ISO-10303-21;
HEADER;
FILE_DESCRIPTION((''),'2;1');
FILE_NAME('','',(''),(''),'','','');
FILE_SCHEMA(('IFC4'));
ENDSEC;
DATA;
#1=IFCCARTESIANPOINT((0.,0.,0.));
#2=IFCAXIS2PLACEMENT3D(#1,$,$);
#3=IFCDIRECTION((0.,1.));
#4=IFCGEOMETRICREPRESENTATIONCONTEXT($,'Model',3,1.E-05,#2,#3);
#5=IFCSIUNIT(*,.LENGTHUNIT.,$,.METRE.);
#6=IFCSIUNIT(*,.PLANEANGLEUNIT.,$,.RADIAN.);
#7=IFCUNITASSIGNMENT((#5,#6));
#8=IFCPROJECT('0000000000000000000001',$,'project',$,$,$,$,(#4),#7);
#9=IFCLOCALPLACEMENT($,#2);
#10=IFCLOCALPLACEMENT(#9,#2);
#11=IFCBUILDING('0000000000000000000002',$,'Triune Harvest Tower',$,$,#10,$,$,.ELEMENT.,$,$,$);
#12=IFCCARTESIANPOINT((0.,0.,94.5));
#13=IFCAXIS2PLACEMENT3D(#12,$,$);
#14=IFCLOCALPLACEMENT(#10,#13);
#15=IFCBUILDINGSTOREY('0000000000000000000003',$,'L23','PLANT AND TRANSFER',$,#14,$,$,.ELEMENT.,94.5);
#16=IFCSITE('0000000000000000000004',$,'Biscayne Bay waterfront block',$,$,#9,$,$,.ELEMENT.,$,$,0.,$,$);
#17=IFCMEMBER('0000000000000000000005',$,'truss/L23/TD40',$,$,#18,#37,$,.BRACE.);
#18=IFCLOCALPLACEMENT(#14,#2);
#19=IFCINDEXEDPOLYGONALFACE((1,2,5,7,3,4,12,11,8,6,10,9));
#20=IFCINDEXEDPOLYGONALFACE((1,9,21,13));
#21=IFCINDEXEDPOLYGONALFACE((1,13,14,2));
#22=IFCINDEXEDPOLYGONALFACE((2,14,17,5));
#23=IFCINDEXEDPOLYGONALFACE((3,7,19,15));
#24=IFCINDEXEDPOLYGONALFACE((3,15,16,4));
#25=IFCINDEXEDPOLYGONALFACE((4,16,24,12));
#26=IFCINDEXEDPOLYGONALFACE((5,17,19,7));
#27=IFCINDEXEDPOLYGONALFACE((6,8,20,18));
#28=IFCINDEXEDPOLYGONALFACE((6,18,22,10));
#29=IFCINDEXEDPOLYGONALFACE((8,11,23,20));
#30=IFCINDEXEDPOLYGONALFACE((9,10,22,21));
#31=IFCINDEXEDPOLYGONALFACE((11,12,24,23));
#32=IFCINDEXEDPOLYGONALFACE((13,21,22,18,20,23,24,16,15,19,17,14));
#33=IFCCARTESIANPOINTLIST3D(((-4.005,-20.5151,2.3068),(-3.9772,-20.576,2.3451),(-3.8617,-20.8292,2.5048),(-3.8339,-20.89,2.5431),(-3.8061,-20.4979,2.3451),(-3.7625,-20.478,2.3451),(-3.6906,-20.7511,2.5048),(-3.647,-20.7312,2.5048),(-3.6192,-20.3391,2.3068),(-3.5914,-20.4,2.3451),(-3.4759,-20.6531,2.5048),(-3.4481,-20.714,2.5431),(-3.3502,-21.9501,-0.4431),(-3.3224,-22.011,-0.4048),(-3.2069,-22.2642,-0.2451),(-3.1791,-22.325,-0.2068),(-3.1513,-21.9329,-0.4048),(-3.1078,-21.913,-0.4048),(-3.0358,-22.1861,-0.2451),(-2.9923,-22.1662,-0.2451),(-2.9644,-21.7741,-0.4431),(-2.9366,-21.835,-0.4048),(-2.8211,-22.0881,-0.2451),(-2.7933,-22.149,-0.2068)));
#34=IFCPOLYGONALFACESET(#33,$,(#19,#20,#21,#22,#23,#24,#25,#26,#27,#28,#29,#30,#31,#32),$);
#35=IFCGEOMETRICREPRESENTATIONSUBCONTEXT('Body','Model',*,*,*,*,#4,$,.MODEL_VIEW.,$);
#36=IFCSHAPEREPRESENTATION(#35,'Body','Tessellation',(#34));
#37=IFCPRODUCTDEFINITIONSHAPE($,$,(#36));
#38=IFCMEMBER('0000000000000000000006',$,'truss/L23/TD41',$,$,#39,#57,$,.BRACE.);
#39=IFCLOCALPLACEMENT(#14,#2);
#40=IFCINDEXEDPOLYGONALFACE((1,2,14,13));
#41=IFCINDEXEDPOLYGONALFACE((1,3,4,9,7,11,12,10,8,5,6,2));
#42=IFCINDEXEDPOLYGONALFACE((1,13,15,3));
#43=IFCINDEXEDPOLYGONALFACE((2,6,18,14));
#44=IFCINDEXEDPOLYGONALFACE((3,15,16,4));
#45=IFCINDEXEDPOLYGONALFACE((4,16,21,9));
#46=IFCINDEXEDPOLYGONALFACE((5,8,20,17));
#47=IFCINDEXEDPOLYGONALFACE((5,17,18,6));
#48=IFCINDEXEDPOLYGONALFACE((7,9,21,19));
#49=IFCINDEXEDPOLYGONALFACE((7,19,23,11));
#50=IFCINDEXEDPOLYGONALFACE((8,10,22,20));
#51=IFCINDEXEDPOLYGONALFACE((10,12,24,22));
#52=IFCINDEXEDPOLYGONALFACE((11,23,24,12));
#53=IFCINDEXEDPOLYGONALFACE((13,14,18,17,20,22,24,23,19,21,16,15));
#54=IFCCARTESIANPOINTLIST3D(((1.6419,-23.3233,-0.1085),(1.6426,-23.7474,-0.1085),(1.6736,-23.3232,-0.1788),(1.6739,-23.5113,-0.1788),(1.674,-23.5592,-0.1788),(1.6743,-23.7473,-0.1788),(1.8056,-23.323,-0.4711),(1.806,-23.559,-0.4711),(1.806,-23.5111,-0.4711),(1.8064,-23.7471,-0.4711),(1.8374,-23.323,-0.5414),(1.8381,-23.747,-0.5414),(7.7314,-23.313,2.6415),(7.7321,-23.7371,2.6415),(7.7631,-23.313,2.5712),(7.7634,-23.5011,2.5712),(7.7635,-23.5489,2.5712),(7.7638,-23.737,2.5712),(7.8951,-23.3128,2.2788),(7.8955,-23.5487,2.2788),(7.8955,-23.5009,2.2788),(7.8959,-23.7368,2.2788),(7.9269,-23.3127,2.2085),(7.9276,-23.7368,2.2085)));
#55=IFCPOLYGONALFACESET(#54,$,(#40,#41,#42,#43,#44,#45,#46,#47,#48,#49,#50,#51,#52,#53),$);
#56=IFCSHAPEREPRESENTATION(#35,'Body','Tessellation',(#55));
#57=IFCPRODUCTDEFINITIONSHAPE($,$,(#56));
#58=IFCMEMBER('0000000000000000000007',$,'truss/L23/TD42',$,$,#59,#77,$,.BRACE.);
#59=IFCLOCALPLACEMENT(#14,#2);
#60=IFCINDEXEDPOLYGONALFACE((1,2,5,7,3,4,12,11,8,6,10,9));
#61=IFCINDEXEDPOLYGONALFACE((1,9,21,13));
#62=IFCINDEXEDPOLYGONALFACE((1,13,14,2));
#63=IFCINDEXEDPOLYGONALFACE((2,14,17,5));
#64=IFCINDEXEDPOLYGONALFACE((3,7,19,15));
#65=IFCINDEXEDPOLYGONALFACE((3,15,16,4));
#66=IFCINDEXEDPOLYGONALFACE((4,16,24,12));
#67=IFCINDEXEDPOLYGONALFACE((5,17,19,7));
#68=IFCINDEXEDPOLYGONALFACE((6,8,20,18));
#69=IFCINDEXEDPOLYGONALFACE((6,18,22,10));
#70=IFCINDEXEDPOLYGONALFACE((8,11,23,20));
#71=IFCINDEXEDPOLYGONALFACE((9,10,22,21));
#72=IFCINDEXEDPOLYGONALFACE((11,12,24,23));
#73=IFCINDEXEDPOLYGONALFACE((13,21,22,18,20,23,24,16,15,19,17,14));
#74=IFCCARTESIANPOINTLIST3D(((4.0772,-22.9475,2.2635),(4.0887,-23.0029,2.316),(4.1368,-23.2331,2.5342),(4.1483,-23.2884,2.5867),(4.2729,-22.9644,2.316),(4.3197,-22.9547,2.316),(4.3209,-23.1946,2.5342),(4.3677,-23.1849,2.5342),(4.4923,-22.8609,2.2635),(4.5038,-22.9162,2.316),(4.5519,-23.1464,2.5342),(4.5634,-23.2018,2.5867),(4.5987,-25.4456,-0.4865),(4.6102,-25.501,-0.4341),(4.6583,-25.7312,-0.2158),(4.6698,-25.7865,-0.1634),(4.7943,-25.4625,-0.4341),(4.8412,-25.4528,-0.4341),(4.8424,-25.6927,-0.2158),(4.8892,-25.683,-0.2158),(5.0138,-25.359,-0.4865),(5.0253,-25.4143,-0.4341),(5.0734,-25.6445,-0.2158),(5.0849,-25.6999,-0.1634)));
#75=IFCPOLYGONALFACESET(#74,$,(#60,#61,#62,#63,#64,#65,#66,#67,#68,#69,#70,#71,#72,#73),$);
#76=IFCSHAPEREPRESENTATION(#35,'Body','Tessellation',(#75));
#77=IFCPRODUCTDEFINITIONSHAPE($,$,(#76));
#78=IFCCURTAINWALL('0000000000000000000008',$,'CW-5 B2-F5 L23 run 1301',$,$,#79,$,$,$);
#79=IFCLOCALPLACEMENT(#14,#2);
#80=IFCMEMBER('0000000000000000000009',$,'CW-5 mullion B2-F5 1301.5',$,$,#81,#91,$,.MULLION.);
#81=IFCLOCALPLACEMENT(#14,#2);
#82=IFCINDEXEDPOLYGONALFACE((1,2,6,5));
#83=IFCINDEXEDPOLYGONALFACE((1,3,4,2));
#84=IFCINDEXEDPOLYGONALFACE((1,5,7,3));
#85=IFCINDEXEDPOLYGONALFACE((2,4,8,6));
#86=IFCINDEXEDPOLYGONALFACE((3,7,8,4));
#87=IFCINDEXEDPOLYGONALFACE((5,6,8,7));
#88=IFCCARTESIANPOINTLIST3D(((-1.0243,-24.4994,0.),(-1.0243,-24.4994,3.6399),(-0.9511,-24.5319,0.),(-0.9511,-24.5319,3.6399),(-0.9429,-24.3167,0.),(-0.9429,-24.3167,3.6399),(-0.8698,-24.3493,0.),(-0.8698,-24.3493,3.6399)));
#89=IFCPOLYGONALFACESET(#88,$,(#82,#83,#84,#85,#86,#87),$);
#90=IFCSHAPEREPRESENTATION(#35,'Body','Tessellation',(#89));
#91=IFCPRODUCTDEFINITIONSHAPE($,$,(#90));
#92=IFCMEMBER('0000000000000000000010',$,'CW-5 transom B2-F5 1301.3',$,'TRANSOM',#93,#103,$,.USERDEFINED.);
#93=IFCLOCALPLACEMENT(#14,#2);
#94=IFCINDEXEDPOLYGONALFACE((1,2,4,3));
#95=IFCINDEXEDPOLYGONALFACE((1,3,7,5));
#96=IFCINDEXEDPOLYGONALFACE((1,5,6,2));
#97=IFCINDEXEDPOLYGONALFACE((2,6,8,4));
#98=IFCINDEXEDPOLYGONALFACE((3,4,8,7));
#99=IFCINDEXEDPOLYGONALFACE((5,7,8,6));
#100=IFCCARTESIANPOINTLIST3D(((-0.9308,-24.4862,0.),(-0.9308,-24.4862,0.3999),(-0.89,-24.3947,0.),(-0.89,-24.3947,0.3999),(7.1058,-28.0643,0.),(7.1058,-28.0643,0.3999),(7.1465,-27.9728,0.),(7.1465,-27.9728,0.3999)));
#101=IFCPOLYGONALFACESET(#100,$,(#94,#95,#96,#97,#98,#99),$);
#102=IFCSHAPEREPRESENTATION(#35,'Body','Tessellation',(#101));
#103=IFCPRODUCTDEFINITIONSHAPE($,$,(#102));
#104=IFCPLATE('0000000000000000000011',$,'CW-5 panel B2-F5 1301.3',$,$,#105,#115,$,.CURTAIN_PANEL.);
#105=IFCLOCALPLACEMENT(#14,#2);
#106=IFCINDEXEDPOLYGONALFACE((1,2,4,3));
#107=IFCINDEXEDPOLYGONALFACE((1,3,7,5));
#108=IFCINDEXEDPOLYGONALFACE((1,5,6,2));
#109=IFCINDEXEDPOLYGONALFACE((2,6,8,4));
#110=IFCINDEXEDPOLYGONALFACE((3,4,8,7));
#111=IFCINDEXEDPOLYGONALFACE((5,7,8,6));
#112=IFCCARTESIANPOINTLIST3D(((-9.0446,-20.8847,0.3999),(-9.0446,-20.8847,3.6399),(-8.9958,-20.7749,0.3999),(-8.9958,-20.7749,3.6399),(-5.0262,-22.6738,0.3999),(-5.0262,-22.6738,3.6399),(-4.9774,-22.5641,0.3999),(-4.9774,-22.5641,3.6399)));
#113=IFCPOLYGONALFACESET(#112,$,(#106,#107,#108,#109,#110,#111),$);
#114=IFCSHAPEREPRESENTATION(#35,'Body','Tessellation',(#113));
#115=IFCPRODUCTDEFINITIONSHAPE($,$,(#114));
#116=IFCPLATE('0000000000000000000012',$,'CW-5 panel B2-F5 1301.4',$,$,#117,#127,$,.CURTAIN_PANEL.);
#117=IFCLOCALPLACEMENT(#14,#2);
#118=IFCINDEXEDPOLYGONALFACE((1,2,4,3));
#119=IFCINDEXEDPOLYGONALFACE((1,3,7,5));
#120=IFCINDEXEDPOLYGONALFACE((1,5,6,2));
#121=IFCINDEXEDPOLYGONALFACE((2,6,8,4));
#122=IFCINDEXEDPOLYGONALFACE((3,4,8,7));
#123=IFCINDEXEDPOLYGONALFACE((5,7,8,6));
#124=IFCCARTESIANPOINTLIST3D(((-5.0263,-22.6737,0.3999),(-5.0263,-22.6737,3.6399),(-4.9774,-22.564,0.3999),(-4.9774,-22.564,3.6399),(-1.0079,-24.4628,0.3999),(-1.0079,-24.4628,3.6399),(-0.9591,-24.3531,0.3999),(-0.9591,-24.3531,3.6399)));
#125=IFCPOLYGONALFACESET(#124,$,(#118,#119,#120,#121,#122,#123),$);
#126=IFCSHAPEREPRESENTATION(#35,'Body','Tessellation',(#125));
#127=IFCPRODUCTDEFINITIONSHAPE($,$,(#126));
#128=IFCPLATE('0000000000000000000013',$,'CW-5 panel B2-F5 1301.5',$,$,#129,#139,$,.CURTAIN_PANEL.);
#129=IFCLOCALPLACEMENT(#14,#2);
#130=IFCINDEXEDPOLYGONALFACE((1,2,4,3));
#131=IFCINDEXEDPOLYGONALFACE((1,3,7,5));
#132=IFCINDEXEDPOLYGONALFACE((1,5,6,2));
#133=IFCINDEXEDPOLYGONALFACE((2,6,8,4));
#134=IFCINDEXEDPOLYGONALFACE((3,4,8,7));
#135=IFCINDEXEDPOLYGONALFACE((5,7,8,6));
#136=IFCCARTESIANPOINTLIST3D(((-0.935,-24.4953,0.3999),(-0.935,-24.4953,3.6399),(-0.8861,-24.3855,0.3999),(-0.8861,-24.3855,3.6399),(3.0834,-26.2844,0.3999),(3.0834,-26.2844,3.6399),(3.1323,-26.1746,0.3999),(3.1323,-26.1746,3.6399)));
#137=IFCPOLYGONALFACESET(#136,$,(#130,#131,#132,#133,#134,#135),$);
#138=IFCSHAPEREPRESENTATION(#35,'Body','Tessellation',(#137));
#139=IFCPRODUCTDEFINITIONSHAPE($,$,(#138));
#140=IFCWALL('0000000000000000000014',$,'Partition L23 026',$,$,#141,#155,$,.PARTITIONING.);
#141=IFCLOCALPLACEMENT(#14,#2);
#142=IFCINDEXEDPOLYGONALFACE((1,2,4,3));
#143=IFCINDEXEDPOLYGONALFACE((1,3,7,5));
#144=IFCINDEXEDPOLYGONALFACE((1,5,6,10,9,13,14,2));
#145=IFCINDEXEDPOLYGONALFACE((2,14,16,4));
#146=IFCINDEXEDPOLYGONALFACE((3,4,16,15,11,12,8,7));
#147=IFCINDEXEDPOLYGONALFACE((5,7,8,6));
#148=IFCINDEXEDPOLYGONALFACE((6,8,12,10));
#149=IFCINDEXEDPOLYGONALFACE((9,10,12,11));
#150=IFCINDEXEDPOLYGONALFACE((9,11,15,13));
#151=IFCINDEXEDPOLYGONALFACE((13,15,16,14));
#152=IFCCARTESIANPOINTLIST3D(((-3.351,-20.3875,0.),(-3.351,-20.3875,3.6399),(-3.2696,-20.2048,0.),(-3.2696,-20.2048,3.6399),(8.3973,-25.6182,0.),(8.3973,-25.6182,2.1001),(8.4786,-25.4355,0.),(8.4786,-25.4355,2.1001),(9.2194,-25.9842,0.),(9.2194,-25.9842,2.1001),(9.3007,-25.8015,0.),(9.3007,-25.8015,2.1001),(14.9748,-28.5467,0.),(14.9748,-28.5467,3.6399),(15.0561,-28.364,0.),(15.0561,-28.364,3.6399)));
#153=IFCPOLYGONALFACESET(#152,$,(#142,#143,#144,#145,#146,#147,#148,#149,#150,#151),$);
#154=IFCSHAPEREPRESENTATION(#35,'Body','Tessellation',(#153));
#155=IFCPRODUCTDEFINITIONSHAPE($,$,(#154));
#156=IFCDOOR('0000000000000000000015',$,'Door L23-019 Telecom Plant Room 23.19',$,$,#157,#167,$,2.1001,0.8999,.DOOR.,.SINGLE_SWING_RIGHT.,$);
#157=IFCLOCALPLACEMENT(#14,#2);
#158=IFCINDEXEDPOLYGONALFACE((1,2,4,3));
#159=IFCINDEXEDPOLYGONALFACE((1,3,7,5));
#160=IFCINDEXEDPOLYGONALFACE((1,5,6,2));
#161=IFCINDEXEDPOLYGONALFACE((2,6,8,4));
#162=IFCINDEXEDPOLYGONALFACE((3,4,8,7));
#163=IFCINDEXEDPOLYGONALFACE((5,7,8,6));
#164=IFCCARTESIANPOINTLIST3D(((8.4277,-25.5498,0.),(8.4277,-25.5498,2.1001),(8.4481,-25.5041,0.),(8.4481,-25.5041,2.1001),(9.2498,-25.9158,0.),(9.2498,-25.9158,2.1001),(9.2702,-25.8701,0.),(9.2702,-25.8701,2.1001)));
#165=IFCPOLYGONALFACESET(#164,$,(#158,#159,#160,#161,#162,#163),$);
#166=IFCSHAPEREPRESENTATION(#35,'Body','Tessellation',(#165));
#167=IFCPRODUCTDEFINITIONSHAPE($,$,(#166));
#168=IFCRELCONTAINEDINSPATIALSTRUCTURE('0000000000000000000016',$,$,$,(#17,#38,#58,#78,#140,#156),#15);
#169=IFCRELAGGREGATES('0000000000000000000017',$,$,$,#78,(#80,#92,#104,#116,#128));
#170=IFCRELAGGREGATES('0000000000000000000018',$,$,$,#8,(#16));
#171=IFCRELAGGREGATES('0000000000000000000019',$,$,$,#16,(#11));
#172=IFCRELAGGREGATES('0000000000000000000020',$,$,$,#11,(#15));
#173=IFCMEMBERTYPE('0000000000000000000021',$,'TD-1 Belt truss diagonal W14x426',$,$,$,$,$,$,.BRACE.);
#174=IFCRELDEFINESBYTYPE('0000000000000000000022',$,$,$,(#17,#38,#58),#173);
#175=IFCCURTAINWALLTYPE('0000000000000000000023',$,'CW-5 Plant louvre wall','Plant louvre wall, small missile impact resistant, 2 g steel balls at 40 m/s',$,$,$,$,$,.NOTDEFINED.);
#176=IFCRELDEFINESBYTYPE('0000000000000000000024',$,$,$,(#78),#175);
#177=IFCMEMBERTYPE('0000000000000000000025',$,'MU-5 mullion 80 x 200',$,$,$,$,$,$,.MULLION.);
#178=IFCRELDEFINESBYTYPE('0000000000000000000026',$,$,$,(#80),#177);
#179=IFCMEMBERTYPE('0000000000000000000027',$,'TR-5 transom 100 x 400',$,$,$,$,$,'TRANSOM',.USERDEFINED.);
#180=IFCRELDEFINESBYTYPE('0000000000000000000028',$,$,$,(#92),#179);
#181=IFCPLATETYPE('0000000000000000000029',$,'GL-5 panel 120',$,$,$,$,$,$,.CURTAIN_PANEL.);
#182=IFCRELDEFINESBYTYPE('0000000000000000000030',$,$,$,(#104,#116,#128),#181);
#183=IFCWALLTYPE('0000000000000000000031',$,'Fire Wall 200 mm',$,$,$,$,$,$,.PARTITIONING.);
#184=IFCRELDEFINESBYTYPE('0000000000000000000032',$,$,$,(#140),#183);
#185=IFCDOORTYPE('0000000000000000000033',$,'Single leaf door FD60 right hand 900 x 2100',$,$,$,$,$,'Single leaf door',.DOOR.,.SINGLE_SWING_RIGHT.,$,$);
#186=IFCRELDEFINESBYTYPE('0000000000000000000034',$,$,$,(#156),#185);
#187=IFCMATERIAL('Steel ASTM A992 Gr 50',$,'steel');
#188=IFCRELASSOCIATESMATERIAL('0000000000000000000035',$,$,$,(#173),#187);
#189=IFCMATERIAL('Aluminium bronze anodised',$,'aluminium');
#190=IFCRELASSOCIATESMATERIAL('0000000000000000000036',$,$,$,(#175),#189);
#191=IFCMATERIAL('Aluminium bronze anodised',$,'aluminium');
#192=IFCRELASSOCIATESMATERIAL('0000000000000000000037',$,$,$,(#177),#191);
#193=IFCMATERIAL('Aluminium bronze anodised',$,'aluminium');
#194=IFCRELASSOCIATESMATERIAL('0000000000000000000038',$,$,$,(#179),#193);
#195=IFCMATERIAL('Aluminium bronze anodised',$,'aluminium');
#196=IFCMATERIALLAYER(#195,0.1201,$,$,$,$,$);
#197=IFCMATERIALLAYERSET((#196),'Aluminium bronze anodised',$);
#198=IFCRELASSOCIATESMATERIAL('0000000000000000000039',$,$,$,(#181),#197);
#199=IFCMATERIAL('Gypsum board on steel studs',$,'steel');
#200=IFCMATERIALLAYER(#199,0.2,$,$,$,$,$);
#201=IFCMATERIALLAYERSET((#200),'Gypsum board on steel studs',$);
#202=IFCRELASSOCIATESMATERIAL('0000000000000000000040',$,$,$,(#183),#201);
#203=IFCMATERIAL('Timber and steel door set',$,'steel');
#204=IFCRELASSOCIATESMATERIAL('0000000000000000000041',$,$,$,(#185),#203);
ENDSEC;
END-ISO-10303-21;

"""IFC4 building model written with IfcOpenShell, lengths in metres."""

from ifc_helpers import new_model, si_unit, direction, frame, frame_2d, origin, origin_2d, place, context, subcontext, project, spatial, rectangle, i_section, extrude, source, transform, mapped, material, layer, layer_set, material_profile, profile_set, type_object, element, fill, aggregate, save


model = new_model("IFC4")

# Units and contexts
model_context = context("Model", 3, precision=1e-05, world=origin(), true_north=direction((0.0, 1.0)))
body_context = subcontext(model_context, "Body", "Model", "MODEL_VIEW")
ifc_project = project(units=[si_unit("LENGTHUNIT", "METRE"), si_unit("PLANEANGLEUNIT", "RADIAN")], contexts=[model_context])

# Site, building, storey
site_placement = place(None, origin())
site = spatial("IfcSite", under=ifc_project, at=site_placement, Name="Biscayne Bay waterfront block", CompositionType="ELEMENT", RefElevation=0.0)
building_placement = place(site_placement, origin())
building = spatial("IfcBuilding", under=site, at=building_placement, Name="Triune Harvest Tower", CompositionType="ELEMENT")
storey_placement = place(building_placement, frame((0.0, 0.0, 94.5)))
storey = spatial("IfcBuildingStorey", under=building, at=storey_placement, Name="L23", Description="PLANT AND TRANSFER", CompositionType="ELEMENT", Elevation=94.5)

# Members
ifc_material_1 = material(Name="Steel ASTM A992 Gr 50", Category="steel")
ifc_material_profile_1 = material_profile(ifc_material_1, i_section(OverallWidth=0.4241, OverallDepth=0.4751, WebThickness=0.0479, FlangeThickness=0.0771, at=origin_2d()), Name="W14x426")
ifc_profile_set_1 = profile_set([ifc_material_profile_1], Name="Steel ASTM A992 Gr 50")
member_type_1 = type_object("IfcMemberType", Name="TD-1 Belt truss diagonal W14x426", PredefinedType="BRACE", material=ifc_profile_set_1)
shared_shape_1 = source(origin(), body_context, "Body", "SweptSolid", [
    extrude(i_section(OverallWidth=0.4241, OverallDepth=0.4751, WebThickness=0.0479, FlangeThickness=0.0771, at=origin_2d()), origin(), (0.0, 0.0, 1.0), 3.1702),
])
member_1_placement = place(storey_placement, frame((-3.0718, -22.0496, -0.325), z_axis=(-0.206539, 0.452661, 0.867433), x_axis=(-0.909772, -0.415109, 0.0)))
element("IfcMember", 1, at=member_1_placement, inside=storey, type_object=member_type_1, Name="truss/L23/TD40", PredefinedType="BRACE", context=body_context, shape_type="MappedRepresentation", body=[
    mapped(shared_shape_1, transform((0.0, 0.0, 0.0), scale=1.0)),
])
shared_shape_2 = source(origin(), body_context, "Body", "SweptSolid", [
    extrude(i_section(OverallWidth=0.4241, OverallDepth=0.4751, WebThickness=0.0479, FlangeThickness=0.0771, at=origin_2d()), origin(), (0.0, 0.0, 1.0), 6.6816),
])
member_2_placement = place(storey_placement, frame((1.74, -23.5352, -0.325), z_axis=(0.911377, 0.001535, 0.411569), x_axis=(-0.001684, 0.999999, 0.0)))
element("IfcMember", 2, at=member_2_placement, inside=storey, type_object=member_type_1, Name="truss/L23/TD41", PredefinedType="BRACE", context=body_context, shape_type="MappedRepresentation", body=[
    mapped(shared_shape_2, transform((0.0, 0.0, 0.0), scale=1.0)),
])
shared_shape_3 = source(origin(), body_context, "Body", "SweptSolid", [
    extrude(i_section(OverallWidth=0.4241, OverallDepth=0.4751, WebThickness=0.0479, FlangeThickness=0.0771, at=origin_2d()), origin(), (0.0, 0.0, 1.0), 3.7517),
])
member_3_placement = place(storey_placement, frame((4.8418, -25.5728, -0.325), z_axis=(-0.139002, 0.665857, 0.733016), x_axis=(-0.978898, -0.204352, 0.0)))
element("IfcMember", 3, at=member_3_placement, inside=storey, type_object=member_type_1, Name="truss/L23/TD42", PredefinedType="BRACE", context=body_context, shape_type="MappedRepresentation", body=[
    mapped(shared_shape_3, transform((0.0, 0.0, 0.0), scale=1.0)),
])

# Curtain wall, members, plates
ifc_material_2 = material(Name="Aluminium bronze anodised", Category="aluminium")
curtain_wall_type = type_object("IfcCurtainWallType", Name="CW-5 Plant louvre wall", Description="Plant louvre wall, small missile impact resistant, 2 g steel balls at 40 m/s", PredefinedType="NOTDEFINED", material=ifc_material_2)
curtain_wall_placement = place(storey_placement, origin())
curtain_wall = element("IfcCurtainWall", 4, at=curtain_wall_placement, inside=storey, type_object=curtain_wall_type, Name="CW-5 B2-F5 L23 run 1301")
ifc_material_3 = material(Name="Aluminium bronze anodised", Category="aluminium")
ifc_material_profile_2 = material_profile(ifc_material_3, rectangle(XDim=0.2, YDim=0.0801, at=origin_2d()), Name="MU-5 mullion 80 x 200")
ifc_profile_set_2 = profile_set([ifc_material_profile_2], Name="Aluminium bronze anodised")
member_type_2 = type_object("IfcMemberType", Name="MU-5 mullion 80 x 200", PredefinedType="MULLION", material=ifc_profile_set_2)
shared_shape_4 = source(origin(), body_context, "Body", "SweptSolid", [
    extrude(rectangle(XDim=0.2, YDim=0.0801, at=origin_2d()), origin(), (0.0, 0.0, 1.0), 3.6399),
])
member_4_placement = place(storey_placement, frame((-0.947, -24.4243, 0.0), z_axis=(0.0, 0.0, 1.0), x_axis=(0.406737, 0.913545, 0.0)))
member_4 = element("IfcMember", 5, at=member_4_placement, type_object=member_type_2, Name="CW-5 mullion B2-F5 1301.5", PredefinedType="MULLION", context=body_context, shape_type="MappedRepresentation", body=[
    mapped(shared_shape_4, transform((0.0, 0.0, 0.0), scale=1.0)),
])
ifc_material_4 = material(Name="Aluminium bronze anodised", Category="aluminium")
ifc_material_profile_3 = material_profile(ifc_material_4, rectangle(XDim=0.1001, YDim=0.3999, at=origin_2d()), Name="TR-5 transom 100 x 400")
ifc_profile_set_3 = profile_set([ifc_material_profile_3], Name="Aluminium bronze anodised")
member_type_3 = type_object("IfcMemberType", Name="TR-5 transom 100 x 400", ElementType="TRANSOM", PredefinedType="USERDEFINED", material=ifc_profile_set_3)
shared_shape_5 = source(origin(), body_context, "Body", "SweptSolid", [
    extrude(rectangle(XDim=0.1001, YDim=0.3999, at=origin_2d()), origin(), (0.0, 0.0, 1.0), 8.7971),
])
member_5_placement = place(storey_placement, frame((-0.9104, -24.4404, 0.2), z_axis=(0.913546, -0.406736, 0.0), x_axis=(0.406736, 0.913546, 0.0)))
member_5 = element("IfcMember", 6, at=member_5_placement, type_object=member_type_3, Name="CW-5 transom B2-F5 1301.3", ObjectType="TRANSOM", PredefinedType="USERDEFINED", context=body_context, shape_type="MappedRepresentation", body=[
    mapped(shared_shape_5, transform((0.0, 0.0, 0.0), scale=1.0)),
])
ifc_material_5 = material(Name="Aluminium bronze anodised", Category="aluminium")
ifc_layer_1 = layer(ifc_material_5, 0.1201)
ifc_layer_set_1 = layer_set([ifc_layer_1], Name="Aluminium bronze anodised")
plate_type = type_object("IfcPlateType", Name="GL-5 panel 120", PredefinedType="CURTAIN_PANEL", material=ifc_layer_set_1)
shared_shape_6 = source(origin(), body_context, "Body", "SweptSolid", [
    extrude(rectangle(XDim=4.3987, YDim=0.1201, at=origin_2d()), origin(), (0.0, 0.0, 1.0), 3.24),
])
plate_1_placement = place(storey_placement, frame((-7.011, -21.7244, 0.3999), z_axis=(0.0, 0.0, 1.0), x_axis=(0.913545, -0.406737, 0.0)))
plate_1 = element("IfcPlate", 7, at=plate_1_placement, type_object=plate_type, Name="CW-5 panel B2-F5 1301.3", PredefinedType="CURTAIN_PANEL", context=body_context, shape_type="MappedRepresentation", body=[
    mapped(shared_shape_6, transform((0.0, 0.0, 0.0), scale=1.0)),
])
plate_2_placement = place(storey_placement, frame((-2.9927, -23.5134, 0.3999), z_axis=(0.0, 0.0, 1.0), x_axis=(0.913545, -0.406737, 0.0)))
plate_2 = element("IfcPlate", 8, at=plate_2_placement, type_object=plate_type, Name="CW-5 panel B2-F5 1301.4", PredefinedType="CURTAIN_PANEL", context=body_context, shape_type="MappedRepresentation", body=[
    mapped(shared_shape_6, transform((0.0, 0.0, 0.0), scale=1.0)),
])
plate_3_placement = place(storey_placement, frame((1.0986, -25.335, 0.3999), z_axis=(0.0, 0.0, 1.0), x_axis=(0.913545, -0.406737, 0.0)))
plate_3 = element("IfcPlate", 9, at=plate_3_placement, type_object=plate_type, Name="CW-5 panel B2-F5 1301.5", PredefinedType="CURTAIN_PANEL", context=body_context, shape_type="MappedRepresentation", body=[
    mapped(shared_shape_6, transform((0.0, 0.0, 0.0), scale=1.0)),
])
aggregate(curtain_wall, [member_4, member_5, plate_1, plate_2, plate_3])

# Wall, opening, door
ifc_material_6 = material(Name="Gypsum board on steel studs", Category="steel")
ifc_layer_2 = layer(ifc_material_6, 0.2)
ifc_layer_set_2 = layer_set([ifc_layer_2], Name="Gypsum board on steel studs")
wall_type = type_object("IfcWallType", Name="Fire Wall 200 mm", PredefinedType="PARTITIONING", material=ifc_layer_set_2)
wall_1_placement = place(storey_placement, frame((-3.3103, -20.2961, 0.0), z_axis=(0.0, 0.0, 1.0), x_axis=(0.913544, -0.406739, 0.0)))
wall_1 = element("IfcWall", 10, at=wall_1_placement, inside=storey, type_object=wall_type, Name="Partition L23 026", PredefinedType="PARTITIONING", context=body_context, shape_type="SweptSolid", body=[
    extrude(rectangle(XDim=20.0601, YDim=0.2, at=frame_2d((10.03, 0.0))), origin(), (0.0, 0.0, 1.0), 3.6399),
])
opening_1_placement = place(wall_1_placement, frame((12.8601, 0.0, 0.0)))
opening_1 = element("IfcOpeningElement", 11, at=opening_1_placement, cuts=wall_1, PredefinedType="OPENING", context=body_context, shape_type="SweptSolid", body=[
    extrude(rectangle(XDim=0.8999, YDim=2.1001, at=frame_2d((0.45, 1.05))), frame((0.0, 0.1099, 0.0), z_axis=(0.0, -1.0, 0.0), x_axis=(1.0, 0.0, 0.0)), (0.0, 0.0, 1.0), 0.22),
])
ifc_material_7 = material(Name="Timber and steel door set", Category="steel")
door_type_1 = type_object("IfcDoorType", Name="Single leaf door FD60 right hand 900 x 2100", ElementType="Single leaf door", OperationType="SINGLE_SWING_RIGHT", PredefinedType="DOOR", material=ifc_material_7)
door_1_placement = place(opening_1_placement, origin())
door_1 = element("IfcDoor", 12, at=door_1_placement, inside=storey, type_object=door_type_1, Name="Door L23-019 Telecom Plant Room 23.19", OperationType="SINGLE_SWING_RIGHT", OverallHeight=2.1001, OverallWidth=0.8999, PredefinedType="DOOR", context=body_context, shape_type="SweptSolid", body=[
    extrude(rectangle(XDim=0.8999, YDim=2.1001, at=frame_2d((0.45, 1.05))), frame((0.0, 0.0249, 0.0), z_axis=(0.0, -1.0, 0.0), x_axis=(1.0, 0.0, 0.0)), (0.0, 0.0, 1.0), 0.05),
])
fill(opening_1, door_1)

save(model, "model.ifc")
